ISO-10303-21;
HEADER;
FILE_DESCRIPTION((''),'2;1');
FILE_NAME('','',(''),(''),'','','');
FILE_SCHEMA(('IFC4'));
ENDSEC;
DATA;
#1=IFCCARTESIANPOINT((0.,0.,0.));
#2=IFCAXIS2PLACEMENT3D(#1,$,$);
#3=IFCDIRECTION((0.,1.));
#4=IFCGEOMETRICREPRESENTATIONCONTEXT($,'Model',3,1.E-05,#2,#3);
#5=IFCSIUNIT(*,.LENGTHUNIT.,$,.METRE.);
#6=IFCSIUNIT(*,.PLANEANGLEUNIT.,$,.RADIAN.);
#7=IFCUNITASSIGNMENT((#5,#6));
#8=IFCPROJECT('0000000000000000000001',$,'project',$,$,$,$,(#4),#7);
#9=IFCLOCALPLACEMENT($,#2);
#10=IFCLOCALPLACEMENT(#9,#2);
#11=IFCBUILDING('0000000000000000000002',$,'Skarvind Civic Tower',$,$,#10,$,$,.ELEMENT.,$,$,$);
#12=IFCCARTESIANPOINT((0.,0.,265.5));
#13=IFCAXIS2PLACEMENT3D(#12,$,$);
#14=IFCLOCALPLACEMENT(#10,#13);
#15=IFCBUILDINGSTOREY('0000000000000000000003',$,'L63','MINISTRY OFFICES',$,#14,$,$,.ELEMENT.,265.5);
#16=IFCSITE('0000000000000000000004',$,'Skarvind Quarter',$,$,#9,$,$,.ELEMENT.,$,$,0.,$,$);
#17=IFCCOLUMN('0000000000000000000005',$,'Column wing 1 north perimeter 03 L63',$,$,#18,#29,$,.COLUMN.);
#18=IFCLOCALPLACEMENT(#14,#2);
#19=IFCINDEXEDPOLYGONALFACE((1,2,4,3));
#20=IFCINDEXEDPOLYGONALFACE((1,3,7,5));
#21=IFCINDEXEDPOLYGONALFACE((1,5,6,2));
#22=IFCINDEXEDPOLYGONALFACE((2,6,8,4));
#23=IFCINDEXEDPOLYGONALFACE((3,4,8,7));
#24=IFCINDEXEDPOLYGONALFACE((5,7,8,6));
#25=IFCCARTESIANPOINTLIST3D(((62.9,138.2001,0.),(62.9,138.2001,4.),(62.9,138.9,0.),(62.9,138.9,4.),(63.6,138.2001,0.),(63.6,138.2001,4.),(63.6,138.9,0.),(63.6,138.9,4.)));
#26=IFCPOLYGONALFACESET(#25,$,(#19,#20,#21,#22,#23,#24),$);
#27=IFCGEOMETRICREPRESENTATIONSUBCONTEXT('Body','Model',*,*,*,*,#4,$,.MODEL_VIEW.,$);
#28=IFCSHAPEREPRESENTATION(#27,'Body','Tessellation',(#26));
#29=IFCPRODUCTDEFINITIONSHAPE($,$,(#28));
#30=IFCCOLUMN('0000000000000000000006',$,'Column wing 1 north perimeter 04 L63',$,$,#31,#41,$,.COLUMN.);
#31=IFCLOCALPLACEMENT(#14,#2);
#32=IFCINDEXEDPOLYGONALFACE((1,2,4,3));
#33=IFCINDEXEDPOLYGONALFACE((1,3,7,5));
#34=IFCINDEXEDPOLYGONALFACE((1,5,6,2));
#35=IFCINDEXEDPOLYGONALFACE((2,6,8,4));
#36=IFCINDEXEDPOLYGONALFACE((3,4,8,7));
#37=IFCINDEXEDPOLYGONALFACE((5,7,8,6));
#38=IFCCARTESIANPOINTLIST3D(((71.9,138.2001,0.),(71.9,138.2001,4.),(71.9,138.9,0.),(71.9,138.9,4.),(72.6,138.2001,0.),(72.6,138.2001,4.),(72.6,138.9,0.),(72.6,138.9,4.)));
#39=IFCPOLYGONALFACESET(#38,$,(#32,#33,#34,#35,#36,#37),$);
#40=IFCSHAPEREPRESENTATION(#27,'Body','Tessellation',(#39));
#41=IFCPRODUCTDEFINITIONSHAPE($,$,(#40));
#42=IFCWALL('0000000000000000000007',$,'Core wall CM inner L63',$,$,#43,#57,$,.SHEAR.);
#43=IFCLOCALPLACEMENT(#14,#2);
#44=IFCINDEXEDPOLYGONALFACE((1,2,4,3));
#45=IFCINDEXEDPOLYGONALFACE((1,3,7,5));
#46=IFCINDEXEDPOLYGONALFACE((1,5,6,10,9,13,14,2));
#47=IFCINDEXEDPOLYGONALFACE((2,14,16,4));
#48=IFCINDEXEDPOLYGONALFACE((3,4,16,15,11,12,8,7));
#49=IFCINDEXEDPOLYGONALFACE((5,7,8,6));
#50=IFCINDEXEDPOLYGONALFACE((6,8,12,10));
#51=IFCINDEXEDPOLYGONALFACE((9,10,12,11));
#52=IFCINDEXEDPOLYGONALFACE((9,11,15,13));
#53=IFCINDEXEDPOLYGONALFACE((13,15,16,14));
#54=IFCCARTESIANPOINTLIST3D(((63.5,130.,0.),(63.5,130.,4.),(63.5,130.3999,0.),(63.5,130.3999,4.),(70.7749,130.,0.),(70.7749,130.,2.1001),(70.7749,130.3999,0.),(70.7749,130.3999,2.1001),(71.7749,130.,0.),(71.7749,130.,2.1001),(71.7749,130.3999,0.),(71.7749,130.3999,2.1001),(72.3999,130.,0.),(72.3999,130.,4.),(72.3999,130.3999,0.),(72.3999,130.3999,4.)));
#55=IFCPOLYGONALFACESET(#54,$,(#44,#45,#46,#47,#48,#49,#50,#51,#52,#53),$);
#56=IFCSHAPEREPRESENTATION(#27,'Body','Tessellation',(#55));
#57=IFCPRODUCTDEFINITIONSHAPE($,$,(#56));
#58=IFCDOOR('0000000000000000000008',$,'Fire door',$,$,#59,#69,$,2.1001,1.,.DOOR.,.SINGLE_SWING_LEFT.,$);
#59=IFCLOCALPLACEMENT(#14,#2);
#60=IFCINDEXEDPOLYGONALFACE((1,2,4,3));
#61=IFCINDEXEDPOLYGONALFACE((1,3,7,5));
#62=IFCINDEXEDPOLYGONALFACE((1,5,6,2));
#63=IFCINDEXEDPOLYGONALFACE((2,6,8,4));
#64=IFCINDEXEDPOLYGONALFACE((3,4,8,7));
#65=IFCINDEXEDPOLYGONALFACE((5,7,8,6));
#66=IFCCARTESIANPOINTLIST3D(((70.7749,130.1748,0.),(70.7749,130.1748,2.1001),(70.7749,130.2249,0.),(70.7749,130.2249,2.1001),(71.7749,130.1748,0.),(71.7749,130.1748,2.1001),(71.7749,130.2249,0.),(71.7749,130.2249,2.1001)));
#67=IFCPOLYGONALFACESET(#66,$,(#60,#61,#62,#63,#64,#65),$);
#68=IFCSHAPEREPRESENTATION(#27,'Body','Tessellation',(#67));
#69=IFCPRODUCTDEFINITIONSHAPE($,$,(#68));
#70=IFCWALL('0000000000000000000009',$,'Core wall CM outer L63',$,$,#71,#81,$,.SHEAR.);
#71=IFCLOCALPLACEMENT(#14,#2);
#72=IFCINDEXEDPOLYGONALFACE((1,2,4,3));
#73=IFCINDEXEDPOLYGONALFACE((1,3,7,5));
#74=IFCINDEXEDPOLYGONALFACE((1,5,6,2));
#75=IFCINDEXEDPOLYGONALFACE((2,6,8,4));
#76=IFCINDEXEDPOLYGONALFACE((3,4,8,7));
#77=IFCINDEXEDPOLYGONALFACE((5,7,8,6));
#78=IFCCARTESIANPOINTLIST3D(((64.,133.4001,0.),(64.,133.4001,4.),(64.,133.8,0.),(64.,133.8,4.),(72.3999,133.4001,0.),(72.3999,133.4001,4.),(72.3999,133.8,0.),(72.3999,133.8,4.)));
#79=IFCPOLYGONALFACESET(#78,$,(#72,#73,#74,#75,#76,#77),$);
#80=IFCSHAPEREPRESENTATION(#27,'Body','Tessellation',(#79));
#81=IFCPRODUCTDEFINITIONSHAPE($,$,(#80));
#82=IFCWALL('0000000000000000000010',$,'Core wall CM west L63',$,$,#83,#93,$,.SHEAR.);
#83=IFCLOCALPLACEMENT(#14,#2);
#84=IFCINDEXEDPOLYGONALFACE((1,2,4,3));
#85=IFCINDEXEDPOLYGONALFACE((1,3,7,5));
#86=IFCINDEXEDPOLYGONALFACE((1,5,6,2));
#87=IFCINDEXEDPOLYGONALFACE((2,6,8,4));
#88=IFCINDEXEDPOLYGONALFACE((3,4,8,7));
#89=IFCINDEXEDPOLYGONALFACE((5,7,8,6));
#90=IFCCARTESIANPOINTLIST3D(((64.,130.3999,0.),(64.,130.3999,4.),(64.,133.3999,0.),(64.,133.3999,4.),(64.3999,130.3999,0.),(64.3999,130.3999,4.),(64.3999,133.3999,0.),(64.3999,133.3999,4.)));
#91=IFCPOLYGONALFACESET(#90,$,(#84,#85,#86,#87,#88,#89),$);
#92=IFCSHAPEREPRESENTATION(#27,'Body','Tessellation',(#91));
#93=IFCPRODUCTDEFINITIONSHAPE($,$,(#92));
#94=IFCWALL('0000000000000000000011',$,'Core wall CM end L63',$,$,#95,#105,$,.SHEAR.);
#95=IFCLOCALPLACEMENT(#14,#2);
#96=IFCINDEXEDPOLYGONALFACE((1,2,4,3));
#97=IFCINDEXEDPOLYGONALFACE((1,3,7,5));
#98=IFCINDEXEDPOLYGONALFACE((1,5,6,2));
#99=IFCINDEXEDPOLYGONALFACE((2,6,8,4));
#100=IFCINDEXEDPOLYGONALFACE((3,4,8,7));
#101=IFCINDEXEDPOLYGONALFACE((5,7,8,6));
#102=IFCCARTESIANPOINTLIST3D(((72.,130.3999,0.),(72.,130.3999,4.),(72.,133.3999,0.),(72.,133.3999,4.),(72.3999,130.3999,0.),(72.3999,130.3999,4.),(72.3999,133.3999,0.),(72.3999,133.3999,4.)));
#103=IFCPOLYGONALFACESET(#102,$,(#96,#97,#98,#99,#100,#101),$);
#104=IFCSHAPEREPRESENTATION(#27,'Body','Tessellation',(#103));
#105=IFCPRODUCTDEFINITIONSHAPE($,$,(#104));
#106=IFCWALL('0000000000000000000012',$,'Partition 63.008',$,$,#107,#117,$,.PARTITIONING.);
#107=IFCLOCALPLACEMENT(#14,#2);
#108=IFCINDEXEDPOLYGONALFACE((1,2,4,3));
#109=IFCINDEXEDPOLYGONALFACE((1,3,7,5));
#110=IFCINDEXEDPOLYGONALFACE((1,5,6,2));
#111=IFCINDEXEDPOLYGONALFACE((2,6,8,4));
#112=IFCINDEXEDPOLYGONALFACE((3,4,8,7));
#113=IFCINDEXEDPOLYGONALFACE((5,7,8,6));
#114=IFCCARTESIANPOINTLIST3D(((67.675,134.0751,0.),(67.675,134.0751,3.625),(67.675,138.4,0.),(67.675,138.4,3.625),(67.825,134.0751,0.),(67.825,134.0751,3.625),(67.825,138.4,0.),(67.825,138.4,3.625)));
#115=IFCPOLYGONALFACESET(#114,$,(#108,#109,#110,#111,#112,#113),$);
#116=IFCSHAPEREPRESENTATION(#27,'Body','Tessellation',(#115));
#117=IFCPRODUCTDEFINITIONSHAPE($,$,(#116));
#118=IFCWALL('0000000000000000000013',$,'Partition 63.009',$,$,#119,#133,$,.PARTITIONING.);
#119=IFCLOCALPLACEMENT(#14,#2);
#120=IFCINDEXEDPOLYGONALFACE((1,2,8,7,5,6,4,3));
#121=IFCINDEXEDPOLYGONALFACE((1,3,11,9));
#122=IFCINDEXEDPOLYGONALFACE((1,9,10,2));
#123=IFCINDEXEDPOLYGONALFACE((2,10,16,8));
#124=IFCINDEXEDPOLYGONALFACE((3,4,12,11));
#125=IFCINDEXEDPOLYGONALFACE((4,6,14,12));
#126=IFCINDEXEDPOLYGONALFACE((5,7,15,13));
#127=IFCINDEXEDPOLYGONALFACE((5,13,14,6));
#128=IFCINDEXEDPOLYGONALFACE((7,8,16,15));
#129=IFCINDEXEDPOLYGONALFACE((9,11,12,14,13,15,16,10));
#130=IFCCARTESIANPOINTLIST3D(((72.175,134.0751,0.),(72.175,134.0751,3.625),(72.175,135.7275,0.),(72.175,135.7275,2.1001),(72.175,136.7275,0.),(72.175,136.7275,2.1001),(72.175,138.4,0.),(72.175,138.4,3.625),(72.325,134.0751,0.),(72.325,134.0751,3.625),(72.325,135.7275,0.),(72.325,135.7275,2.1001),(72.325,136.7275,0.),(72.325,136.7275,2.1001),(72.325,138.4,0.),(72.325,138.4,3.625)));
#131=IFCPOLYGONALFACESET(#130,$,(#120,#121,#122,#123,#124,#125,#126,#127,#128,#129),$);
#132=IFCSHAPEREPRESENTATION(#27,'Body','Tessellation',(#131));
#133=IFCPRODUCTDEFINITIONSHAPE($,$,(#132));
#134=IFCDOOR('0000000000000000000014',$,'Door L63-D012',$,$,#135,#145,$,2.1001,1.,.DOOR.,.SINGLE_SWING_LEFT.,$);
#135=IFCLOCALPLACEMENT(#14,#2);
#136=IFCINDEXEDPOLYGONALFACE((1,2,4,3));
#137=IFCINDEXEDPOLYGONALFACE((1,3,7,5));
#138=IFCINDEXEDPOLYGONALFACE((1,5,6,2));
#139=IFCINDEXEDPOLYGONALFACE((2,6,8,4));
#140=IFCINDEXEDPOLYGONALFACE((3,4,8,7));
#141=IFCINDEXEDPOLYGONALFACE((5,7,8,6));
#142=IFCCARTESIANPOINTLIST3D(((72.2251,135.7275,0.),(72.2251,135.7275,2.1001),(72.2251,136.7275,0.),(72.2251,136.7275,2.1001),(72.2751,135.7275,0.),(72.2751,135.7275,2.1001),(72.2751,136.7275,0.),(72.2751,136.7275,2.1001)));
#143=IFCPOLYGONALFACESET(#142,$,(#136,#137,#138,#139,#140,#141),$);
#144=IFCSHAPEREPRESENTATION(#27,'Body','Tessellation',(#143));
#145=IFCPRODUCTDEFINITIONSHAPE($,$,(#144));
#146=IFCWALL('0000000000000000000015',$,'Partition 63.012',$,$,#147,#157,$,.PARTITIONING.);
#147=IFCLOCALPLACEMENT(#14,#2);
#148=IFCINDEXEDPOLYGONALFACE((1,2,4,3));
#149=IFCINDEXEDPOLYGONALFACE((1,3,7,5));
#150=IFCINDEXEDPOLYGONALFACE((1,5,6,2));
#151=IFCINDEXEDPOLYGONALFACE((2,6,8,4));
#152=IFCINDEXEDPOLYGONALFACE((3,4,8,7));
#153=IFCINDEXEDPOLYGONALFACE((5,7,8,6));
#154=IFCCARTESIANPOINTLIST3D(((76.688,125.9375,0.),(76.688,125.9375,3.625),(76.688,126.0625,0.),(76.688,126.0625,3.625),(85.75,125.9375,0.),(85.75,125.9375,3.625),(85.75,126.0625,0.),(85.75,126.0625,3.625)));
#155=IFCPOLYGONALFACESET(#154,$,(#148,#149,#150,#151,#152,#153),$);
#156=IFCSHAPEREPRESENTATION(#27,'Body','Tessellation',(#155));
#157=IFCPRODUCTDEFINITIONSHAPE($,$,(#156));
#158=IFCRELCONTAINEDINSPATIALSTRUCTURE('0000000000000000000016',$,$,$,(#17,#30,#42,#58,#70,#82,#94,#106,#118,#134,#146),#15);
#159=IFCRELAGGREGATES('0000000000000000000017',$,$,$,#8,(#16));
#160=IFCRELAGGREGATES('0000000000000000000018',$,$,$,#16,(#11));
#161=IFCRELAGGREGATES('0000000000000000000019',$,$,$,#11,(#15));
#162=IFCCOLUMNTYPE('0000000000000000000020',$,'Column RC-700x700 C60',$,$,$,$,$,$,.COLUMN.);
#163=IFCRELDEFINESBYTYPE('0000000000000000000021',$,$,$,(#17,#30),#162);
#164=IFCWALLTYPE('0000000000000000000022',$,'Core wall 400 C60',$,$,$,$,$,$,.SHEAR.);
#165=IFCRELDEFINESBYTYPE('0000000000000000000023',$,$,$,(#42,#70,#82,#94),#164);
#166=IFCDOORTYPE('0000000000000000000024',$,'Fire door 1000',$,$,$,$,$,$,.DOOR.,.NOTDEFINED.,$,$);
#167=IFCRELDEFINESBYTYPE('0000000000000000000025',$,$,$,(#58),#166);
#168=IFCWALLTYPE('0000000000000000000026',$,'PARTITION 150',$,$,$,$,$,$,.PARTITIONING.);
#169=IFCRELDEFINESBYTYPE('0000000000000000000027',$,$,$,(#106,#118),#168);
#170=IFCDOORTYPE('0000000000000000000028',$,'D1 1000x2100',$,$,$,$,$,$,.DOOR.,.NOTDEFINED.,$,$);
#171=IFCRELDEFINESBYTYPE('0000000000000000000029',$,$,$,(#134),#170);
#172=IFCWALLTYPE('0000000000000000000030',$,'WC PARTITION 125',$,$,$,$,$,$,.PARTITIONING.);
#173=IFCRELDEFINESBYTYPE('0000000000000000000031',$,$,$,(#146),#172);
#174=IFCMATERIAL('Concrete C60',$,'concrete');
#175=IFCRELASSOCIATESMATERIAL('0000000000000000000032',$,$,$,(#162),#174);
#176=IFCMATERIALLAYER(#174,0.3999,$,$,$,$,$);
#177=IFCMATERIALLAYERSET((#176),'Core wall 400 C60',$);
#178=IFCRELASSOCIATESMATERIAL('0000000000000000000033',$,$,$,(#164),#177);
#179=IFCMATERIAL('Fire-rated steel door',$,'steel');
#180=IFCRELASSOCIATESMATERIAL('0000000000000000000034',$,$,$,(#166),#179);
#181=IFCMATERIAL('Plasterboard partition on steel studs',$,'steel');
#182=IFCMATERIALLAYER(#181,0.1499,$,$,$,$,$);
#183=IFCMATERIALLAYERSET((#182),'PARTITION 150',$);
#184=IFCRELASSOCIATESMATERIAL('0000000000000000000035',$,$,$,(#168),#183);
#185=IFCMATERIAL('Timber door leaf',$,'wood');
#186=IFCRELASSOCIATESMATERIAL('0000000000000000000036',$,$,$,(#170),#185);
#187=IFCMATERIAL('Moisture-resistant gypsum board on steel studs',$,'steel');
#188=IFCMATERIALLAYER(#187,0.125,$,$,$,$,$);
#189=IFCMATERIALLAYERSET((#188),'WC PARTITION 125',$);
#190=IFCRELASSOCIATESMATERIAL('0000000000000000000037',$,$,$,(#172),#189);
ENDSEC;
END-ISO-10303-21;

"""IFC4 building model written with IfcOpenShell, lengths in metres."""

from ifc_helpers import new_model, si_unit, direction, frame, frame_2d, origin, origin_2d, place, context, subcontext, project, spatial, rectangle, extrude, material, layer, layer_set, material_profile, profile_set, type_object, element, fill, save


model = new_model("IFC4")

# Units and contexts
model_context = context("Model", 3, precision=1e-05, world=origin(), true_north=direction((0.0, 1.0)))
body_context = subcontext(model_context, "Body", "Model", "MODEL_VIEW")
ifc_project = project(units=[si_unit("LENGTHUNIT", "METRE"), si_unit("PLANEANGLEUNIT", "RADIAN")], contexts=[model_context])

# Site, building, storey
site_placement = place(None, origin())
site = spatial("IfcSite", under=ifc_project, at=site_placement, Name="Skarvind Quarter", CompositionType="ELEMENT", RefElevation=0.0)
building_placement = place(site_placement, origin())
building = spatial("IfcBuilding", under=site, at=building_placement, Name="Skarvind Civic Tower", CompositionType="ELEMENT")
storey_placement = place(building_placement, frame((0.0, 0.0, 265.5)))
storey = spatial("IfcBuildingStorey", under=building, at=storey_placement, Name="L63", Description="MINISTRY OFFICES", CompositionType="ELEMENT", Elevation=265.5)

# Columns
ifc_material_1 = material(Name="Concrete C60", Category="concrete")
ifc_material_profile_1 = material_profile(ifc_material_1, rectangle(XDim=0.7, YDim=0.7, at=origin_2d()), Name="RC-700x700")
ifc_profile_set_1 = profile_set([ifc_material_profile_1], Name="Concrete C60")
column_type = type_object("IfcColumnType", Name="Column RC-700x700 C60", PredefinedType="COLUMN", material=ifc_profile_set_1)
for number, where, z_axis, x_axis, name in (
    (1, (63.25, 138.55, 0.0), (0.0, 0.0, 1.0), (1.0, 0.0, 0.0), "Column wing 1 north perimeter 03 L63"),
    (2, (72.25, 138.55, 0.0), (0.0, 0.0, 1.0), (1.0, 0.0, 0.0), "Column wing 1 north perimeter 04 L63"),
):
    element("IfcColumn", number, at=place(storey_placement, frame(where, z_axis=z_axis, x_axis=x_axis)), inside=storey, type_object=column_type, Name=name, PredefinedType="COLUMN", context=body_context, shape_type="SweptSolid", body=[
        extrude(rectangle(XDim=0.7, YDim=0.7, at=origin_2d()), origin(), (0.0, 0.0, 1.0), 4.0),
    ])

# Wall, opening, door
ifc_layer_1 = layer(ifc_material_1, 0.3999)
ifc_layer_set_1 = layer_set([ifc_layer_1], Name="Core wall 400 C60")
wall_type_1 = type_object("IfcWallType", Name="Core wall 400 C60", PredefinedType="SHEAR", material=ifc_layer_set_1)
wall_1_placement = place(storey_placement, frame((63.5, 130.2, 0.0), z_axis=(0.0, 0.0, 1.0), x_axis=(1.0, 0.0, 0.0)))
wall_1 = element("IfcWall", 3, at=wall_1_placement, inside=storey, type_object=wall_type_1, Name="Core wall CM inner L63", PredefinedType="SHEAR", context=body_context, shape_type="SweptSolid", body=[
    extrude(rectangle(XDim=8.8999, YDim=0.3999, at=frame_2d((4.45, 0.0))), origin(), (0.0, 0.0, 1.0), 4.0),
])
opening_1_placement = place(wall_1_placement, frame((7.2749, 0.0, 0.0)))
opening_1 = element("IfcOpeningElement", 4, at=opening_1_placement, cuts=wall_1, PredefinedType="OPENING", context=body_context, shape_type="SweptSolid", body=[
    extrude(rectangle(XDim=1.0, YDim=2.1001, at=frame_2d((0.5, 1.05))), frame((0.0, 0.21, 0.0), z_axis=(0.0, -1.0, 0.0), x_axis=(1.0, 0.0, 0.0)), (0.0, 0.0, 1.0), 0.4199),
])
ifc_material_2 = material(Name="Fire-rated steel door", Category="steel")
door_type_1 = type_object("IfcDoorType", Name="Fire door 1000", OperationType="NOTDEFINED", PredefinedType="DOOR", material=ifc_material_2)
door_1_placement = place(opening_1_placement, origin())
door_1 = element("IfcDoor", 5, at=door_1_placement, inside=storey, type_object=door_type_1, Name="Fire door", OperationType="SINGLE_SWING_LEFT", OverallHeight=2.1001, OverallWidth=1.0, PredefinedType="DOOR", context=body_context, shape_type="SweptSolid", body=[
    extrude(rectangle(XDim=1.0, YDim=2.1001, at=frame_2d((0.5, 1.05))), frame((0.0, 0.0249, 0.0), z_axis=(0.0, -1.0, 0.0), x_axis=(1.0, 0.0, 0.0)), (0.0, 0.0, 1.0), 0.05),
])
fill(opening_1, door_1)

# Walls
wall_2_placement = place(storey_placement, frame((64.0, 133.6001, 0.0), z_axis=(0.0, 0.0, 1.0), x_axis=(1.0, 0.0, 0.0)))
element("IfcWall", 6, at=wall_2_placement, inside=storey, type_object=wall_type_1, Name="Core wall CM outer L63", PredefinedType="SHEAR", context=body_context, shape_type="SweptSolid", body=[
    extrude(rectangle(XDim=8.3999, YDim=0.3999, at=frame_2d((4.2, 0.0))), origin(), (0.0, 0.0, 1.0), 4.0),
])
for number, where, z_axis, x_axis, name in (
    (7, (64.2, 130.3999, 0.0), (0.0, 0.0, 1.0), (0.0, 1.0, 0.0), "Core wall CM west L63"),
    (8, (72.2, 130.3999, 0.0), (0.0, 0.0, 1.0), (0.0, 1.0, 0.0), "Core wall CM end L63"),
):
    element("IfcWall", number, at=place(storey_placement, frame(where, z_axis=z_axis, x_axis=x_axis)), inside=storey, type_object=wall_type_1, Name=name, PredefinedType="SHEAR", context=body_context, shape_type="SweptSolid", body=[
        extrude(rectangle(XDim=3.0, YDim=0.3999, at=frame_2d((1.5, 0.0))), origin(), (0.0, 0.0, 1.0), 4.0),
    ])
ifc_material_3 = material(Name="Plasterboard partition on steel studs", Category="steel")
ifc_layer_2 = layer(ifc_material_3, 0.1499)
ifc_layer_set_2 = layer_set([ifc_layer_2], Name="PARTITION 150")
wall_type_2 = type_object("IfcWallType", Name="PARTITION 150", PredefinedType="PARTITIONING", material=ifc_layer_set_2)
wall_3_placement = place(storey_placement, frame((67.75, 134.075, 0.0), z_axis=(0.0, 0.0, 1.0), x_axis=(0.0, 1.0, 0.0)))
element("IfcWall", 9, at=wall_3_placement, inside=storey, type_object=wall_type_2, Name="Partition 63.008", PredefinedType="PARTITIONING", context=body_context, shape_type="SweptSolid", body=[
    extrude(rectangle(XDim=4.325, YDim=0.1499, at=frame_2d((2.1626, 0.0))), origin(), (0.0, 0.0, 1.0), 3.625),
])

# Wall, opening, door
wall_4_placement = place(storey_placement, frame((72.25, 134.075, 0.0), z_axis=(0.0, 0.0, 1.0), x_axis=(0.0, 1.0, 0.0)))
wall_4 = element("IfcWall", 10, at=wall_4_placement, inside=storey, type_object=wall_type_2, Name="Partition 63.009", PredefinedType="PARTITIONING", context=body_context, shape_type="SweptSolid", body=[
    extrude(rectangle(XDim=4.325, YDim=0.1499, at=frame_2d((2.1626, 0.0))), origin(), (0.0, 0.0, 1.0), 3.625),
])
opening_2_placement = place(wall_4_placement, frame((1.6526, 0.0, 0.0)))
opening_2 = element("IfcOpeningElement", 11, at=opening_2_placement, cuts=wall_4, PredefinedType="OPENING", context=body_context, shape_type="SweptSolid", body=[
    extrude(rectangle(XDim=1.0, YDim=2.1001, at=frame_2d((0.5, 1.05))), frame((0.0, 0.085, 0.0), z_axis=(0.0, -1.0, 0.0), x_axis=(1.0, 0.0, 0.0)), (0.0, 0.0, 1.0), 0.1699),
])
ifc_material_4 = material(Name="Timber door leaf", Category="wood")
door_type_2 = type_object("IfcDoorType", Name="D1 1000x2100", OperationType="NOTDEFINED", PredefinedType="DOOR", material=ifc_material_4)
door_2_placement = place(opening_2_placement, origin())
door_2 = element("IfcDoor", 12, at=door_2_placement, inside=storey, type_object=door_type_2, Name="Door L63-D012", OperationType="SINGLE_SWING_LEFT", OverallHeight=2.1001, OverallWidth=1.0, PredefinedType="DOOR", context=body_context, shape_type="SweptSolid", body=[
    extrude(rectangle(XDim=1.0, YDim=2.1001, at=frame_2d((0.5, 1.05))), frame((0.0, 0.0249, 0.0), z_axis=(0.0, -1.0, 0.0), x_axis=(1.0, 0.0, 0.0)), (0.0, 0.0, 1.0), 0.05),
])
fill(opening_2, door_2)

# Wall
ifc_material_5 = material(Name="Moisture-resistant gypsum board on steel studs", Category="steel")
ifc_layer_3 = layer(ifc_material_5, 0.125)
ifc_layer_set_3 = layer_set([ifc_layer_3], Name="WC PARTITION 125")
wall_type_3 = type_object("IfcWallType", Name="WC PARTITION 125", PredefinedType="PARTITIONING", material=ifc_layer_set_3)
wall_5_placement = place(storey_placement, frame((76.688, 126.0, 0.0), z_axis=(0.0, 0.0, 1.0), x_axis=(1.0, 0.0, 0.0)))
element("IfcWall", 13, at=wall_5_placement, inside=storey, type_object=wall_type_3, Name="Partition 63.012", PredefinedType="PARTITIONING", context=body_context, shape_type="SweptSolid", body=[
    extrude(rectangle(XDim=9.062, YDim=0.125, at=frame_2d((4.531, 0.0))), origin(), (0.0, 0.0, 1.0), 3.625),
])

save(model, "model.ifc")
